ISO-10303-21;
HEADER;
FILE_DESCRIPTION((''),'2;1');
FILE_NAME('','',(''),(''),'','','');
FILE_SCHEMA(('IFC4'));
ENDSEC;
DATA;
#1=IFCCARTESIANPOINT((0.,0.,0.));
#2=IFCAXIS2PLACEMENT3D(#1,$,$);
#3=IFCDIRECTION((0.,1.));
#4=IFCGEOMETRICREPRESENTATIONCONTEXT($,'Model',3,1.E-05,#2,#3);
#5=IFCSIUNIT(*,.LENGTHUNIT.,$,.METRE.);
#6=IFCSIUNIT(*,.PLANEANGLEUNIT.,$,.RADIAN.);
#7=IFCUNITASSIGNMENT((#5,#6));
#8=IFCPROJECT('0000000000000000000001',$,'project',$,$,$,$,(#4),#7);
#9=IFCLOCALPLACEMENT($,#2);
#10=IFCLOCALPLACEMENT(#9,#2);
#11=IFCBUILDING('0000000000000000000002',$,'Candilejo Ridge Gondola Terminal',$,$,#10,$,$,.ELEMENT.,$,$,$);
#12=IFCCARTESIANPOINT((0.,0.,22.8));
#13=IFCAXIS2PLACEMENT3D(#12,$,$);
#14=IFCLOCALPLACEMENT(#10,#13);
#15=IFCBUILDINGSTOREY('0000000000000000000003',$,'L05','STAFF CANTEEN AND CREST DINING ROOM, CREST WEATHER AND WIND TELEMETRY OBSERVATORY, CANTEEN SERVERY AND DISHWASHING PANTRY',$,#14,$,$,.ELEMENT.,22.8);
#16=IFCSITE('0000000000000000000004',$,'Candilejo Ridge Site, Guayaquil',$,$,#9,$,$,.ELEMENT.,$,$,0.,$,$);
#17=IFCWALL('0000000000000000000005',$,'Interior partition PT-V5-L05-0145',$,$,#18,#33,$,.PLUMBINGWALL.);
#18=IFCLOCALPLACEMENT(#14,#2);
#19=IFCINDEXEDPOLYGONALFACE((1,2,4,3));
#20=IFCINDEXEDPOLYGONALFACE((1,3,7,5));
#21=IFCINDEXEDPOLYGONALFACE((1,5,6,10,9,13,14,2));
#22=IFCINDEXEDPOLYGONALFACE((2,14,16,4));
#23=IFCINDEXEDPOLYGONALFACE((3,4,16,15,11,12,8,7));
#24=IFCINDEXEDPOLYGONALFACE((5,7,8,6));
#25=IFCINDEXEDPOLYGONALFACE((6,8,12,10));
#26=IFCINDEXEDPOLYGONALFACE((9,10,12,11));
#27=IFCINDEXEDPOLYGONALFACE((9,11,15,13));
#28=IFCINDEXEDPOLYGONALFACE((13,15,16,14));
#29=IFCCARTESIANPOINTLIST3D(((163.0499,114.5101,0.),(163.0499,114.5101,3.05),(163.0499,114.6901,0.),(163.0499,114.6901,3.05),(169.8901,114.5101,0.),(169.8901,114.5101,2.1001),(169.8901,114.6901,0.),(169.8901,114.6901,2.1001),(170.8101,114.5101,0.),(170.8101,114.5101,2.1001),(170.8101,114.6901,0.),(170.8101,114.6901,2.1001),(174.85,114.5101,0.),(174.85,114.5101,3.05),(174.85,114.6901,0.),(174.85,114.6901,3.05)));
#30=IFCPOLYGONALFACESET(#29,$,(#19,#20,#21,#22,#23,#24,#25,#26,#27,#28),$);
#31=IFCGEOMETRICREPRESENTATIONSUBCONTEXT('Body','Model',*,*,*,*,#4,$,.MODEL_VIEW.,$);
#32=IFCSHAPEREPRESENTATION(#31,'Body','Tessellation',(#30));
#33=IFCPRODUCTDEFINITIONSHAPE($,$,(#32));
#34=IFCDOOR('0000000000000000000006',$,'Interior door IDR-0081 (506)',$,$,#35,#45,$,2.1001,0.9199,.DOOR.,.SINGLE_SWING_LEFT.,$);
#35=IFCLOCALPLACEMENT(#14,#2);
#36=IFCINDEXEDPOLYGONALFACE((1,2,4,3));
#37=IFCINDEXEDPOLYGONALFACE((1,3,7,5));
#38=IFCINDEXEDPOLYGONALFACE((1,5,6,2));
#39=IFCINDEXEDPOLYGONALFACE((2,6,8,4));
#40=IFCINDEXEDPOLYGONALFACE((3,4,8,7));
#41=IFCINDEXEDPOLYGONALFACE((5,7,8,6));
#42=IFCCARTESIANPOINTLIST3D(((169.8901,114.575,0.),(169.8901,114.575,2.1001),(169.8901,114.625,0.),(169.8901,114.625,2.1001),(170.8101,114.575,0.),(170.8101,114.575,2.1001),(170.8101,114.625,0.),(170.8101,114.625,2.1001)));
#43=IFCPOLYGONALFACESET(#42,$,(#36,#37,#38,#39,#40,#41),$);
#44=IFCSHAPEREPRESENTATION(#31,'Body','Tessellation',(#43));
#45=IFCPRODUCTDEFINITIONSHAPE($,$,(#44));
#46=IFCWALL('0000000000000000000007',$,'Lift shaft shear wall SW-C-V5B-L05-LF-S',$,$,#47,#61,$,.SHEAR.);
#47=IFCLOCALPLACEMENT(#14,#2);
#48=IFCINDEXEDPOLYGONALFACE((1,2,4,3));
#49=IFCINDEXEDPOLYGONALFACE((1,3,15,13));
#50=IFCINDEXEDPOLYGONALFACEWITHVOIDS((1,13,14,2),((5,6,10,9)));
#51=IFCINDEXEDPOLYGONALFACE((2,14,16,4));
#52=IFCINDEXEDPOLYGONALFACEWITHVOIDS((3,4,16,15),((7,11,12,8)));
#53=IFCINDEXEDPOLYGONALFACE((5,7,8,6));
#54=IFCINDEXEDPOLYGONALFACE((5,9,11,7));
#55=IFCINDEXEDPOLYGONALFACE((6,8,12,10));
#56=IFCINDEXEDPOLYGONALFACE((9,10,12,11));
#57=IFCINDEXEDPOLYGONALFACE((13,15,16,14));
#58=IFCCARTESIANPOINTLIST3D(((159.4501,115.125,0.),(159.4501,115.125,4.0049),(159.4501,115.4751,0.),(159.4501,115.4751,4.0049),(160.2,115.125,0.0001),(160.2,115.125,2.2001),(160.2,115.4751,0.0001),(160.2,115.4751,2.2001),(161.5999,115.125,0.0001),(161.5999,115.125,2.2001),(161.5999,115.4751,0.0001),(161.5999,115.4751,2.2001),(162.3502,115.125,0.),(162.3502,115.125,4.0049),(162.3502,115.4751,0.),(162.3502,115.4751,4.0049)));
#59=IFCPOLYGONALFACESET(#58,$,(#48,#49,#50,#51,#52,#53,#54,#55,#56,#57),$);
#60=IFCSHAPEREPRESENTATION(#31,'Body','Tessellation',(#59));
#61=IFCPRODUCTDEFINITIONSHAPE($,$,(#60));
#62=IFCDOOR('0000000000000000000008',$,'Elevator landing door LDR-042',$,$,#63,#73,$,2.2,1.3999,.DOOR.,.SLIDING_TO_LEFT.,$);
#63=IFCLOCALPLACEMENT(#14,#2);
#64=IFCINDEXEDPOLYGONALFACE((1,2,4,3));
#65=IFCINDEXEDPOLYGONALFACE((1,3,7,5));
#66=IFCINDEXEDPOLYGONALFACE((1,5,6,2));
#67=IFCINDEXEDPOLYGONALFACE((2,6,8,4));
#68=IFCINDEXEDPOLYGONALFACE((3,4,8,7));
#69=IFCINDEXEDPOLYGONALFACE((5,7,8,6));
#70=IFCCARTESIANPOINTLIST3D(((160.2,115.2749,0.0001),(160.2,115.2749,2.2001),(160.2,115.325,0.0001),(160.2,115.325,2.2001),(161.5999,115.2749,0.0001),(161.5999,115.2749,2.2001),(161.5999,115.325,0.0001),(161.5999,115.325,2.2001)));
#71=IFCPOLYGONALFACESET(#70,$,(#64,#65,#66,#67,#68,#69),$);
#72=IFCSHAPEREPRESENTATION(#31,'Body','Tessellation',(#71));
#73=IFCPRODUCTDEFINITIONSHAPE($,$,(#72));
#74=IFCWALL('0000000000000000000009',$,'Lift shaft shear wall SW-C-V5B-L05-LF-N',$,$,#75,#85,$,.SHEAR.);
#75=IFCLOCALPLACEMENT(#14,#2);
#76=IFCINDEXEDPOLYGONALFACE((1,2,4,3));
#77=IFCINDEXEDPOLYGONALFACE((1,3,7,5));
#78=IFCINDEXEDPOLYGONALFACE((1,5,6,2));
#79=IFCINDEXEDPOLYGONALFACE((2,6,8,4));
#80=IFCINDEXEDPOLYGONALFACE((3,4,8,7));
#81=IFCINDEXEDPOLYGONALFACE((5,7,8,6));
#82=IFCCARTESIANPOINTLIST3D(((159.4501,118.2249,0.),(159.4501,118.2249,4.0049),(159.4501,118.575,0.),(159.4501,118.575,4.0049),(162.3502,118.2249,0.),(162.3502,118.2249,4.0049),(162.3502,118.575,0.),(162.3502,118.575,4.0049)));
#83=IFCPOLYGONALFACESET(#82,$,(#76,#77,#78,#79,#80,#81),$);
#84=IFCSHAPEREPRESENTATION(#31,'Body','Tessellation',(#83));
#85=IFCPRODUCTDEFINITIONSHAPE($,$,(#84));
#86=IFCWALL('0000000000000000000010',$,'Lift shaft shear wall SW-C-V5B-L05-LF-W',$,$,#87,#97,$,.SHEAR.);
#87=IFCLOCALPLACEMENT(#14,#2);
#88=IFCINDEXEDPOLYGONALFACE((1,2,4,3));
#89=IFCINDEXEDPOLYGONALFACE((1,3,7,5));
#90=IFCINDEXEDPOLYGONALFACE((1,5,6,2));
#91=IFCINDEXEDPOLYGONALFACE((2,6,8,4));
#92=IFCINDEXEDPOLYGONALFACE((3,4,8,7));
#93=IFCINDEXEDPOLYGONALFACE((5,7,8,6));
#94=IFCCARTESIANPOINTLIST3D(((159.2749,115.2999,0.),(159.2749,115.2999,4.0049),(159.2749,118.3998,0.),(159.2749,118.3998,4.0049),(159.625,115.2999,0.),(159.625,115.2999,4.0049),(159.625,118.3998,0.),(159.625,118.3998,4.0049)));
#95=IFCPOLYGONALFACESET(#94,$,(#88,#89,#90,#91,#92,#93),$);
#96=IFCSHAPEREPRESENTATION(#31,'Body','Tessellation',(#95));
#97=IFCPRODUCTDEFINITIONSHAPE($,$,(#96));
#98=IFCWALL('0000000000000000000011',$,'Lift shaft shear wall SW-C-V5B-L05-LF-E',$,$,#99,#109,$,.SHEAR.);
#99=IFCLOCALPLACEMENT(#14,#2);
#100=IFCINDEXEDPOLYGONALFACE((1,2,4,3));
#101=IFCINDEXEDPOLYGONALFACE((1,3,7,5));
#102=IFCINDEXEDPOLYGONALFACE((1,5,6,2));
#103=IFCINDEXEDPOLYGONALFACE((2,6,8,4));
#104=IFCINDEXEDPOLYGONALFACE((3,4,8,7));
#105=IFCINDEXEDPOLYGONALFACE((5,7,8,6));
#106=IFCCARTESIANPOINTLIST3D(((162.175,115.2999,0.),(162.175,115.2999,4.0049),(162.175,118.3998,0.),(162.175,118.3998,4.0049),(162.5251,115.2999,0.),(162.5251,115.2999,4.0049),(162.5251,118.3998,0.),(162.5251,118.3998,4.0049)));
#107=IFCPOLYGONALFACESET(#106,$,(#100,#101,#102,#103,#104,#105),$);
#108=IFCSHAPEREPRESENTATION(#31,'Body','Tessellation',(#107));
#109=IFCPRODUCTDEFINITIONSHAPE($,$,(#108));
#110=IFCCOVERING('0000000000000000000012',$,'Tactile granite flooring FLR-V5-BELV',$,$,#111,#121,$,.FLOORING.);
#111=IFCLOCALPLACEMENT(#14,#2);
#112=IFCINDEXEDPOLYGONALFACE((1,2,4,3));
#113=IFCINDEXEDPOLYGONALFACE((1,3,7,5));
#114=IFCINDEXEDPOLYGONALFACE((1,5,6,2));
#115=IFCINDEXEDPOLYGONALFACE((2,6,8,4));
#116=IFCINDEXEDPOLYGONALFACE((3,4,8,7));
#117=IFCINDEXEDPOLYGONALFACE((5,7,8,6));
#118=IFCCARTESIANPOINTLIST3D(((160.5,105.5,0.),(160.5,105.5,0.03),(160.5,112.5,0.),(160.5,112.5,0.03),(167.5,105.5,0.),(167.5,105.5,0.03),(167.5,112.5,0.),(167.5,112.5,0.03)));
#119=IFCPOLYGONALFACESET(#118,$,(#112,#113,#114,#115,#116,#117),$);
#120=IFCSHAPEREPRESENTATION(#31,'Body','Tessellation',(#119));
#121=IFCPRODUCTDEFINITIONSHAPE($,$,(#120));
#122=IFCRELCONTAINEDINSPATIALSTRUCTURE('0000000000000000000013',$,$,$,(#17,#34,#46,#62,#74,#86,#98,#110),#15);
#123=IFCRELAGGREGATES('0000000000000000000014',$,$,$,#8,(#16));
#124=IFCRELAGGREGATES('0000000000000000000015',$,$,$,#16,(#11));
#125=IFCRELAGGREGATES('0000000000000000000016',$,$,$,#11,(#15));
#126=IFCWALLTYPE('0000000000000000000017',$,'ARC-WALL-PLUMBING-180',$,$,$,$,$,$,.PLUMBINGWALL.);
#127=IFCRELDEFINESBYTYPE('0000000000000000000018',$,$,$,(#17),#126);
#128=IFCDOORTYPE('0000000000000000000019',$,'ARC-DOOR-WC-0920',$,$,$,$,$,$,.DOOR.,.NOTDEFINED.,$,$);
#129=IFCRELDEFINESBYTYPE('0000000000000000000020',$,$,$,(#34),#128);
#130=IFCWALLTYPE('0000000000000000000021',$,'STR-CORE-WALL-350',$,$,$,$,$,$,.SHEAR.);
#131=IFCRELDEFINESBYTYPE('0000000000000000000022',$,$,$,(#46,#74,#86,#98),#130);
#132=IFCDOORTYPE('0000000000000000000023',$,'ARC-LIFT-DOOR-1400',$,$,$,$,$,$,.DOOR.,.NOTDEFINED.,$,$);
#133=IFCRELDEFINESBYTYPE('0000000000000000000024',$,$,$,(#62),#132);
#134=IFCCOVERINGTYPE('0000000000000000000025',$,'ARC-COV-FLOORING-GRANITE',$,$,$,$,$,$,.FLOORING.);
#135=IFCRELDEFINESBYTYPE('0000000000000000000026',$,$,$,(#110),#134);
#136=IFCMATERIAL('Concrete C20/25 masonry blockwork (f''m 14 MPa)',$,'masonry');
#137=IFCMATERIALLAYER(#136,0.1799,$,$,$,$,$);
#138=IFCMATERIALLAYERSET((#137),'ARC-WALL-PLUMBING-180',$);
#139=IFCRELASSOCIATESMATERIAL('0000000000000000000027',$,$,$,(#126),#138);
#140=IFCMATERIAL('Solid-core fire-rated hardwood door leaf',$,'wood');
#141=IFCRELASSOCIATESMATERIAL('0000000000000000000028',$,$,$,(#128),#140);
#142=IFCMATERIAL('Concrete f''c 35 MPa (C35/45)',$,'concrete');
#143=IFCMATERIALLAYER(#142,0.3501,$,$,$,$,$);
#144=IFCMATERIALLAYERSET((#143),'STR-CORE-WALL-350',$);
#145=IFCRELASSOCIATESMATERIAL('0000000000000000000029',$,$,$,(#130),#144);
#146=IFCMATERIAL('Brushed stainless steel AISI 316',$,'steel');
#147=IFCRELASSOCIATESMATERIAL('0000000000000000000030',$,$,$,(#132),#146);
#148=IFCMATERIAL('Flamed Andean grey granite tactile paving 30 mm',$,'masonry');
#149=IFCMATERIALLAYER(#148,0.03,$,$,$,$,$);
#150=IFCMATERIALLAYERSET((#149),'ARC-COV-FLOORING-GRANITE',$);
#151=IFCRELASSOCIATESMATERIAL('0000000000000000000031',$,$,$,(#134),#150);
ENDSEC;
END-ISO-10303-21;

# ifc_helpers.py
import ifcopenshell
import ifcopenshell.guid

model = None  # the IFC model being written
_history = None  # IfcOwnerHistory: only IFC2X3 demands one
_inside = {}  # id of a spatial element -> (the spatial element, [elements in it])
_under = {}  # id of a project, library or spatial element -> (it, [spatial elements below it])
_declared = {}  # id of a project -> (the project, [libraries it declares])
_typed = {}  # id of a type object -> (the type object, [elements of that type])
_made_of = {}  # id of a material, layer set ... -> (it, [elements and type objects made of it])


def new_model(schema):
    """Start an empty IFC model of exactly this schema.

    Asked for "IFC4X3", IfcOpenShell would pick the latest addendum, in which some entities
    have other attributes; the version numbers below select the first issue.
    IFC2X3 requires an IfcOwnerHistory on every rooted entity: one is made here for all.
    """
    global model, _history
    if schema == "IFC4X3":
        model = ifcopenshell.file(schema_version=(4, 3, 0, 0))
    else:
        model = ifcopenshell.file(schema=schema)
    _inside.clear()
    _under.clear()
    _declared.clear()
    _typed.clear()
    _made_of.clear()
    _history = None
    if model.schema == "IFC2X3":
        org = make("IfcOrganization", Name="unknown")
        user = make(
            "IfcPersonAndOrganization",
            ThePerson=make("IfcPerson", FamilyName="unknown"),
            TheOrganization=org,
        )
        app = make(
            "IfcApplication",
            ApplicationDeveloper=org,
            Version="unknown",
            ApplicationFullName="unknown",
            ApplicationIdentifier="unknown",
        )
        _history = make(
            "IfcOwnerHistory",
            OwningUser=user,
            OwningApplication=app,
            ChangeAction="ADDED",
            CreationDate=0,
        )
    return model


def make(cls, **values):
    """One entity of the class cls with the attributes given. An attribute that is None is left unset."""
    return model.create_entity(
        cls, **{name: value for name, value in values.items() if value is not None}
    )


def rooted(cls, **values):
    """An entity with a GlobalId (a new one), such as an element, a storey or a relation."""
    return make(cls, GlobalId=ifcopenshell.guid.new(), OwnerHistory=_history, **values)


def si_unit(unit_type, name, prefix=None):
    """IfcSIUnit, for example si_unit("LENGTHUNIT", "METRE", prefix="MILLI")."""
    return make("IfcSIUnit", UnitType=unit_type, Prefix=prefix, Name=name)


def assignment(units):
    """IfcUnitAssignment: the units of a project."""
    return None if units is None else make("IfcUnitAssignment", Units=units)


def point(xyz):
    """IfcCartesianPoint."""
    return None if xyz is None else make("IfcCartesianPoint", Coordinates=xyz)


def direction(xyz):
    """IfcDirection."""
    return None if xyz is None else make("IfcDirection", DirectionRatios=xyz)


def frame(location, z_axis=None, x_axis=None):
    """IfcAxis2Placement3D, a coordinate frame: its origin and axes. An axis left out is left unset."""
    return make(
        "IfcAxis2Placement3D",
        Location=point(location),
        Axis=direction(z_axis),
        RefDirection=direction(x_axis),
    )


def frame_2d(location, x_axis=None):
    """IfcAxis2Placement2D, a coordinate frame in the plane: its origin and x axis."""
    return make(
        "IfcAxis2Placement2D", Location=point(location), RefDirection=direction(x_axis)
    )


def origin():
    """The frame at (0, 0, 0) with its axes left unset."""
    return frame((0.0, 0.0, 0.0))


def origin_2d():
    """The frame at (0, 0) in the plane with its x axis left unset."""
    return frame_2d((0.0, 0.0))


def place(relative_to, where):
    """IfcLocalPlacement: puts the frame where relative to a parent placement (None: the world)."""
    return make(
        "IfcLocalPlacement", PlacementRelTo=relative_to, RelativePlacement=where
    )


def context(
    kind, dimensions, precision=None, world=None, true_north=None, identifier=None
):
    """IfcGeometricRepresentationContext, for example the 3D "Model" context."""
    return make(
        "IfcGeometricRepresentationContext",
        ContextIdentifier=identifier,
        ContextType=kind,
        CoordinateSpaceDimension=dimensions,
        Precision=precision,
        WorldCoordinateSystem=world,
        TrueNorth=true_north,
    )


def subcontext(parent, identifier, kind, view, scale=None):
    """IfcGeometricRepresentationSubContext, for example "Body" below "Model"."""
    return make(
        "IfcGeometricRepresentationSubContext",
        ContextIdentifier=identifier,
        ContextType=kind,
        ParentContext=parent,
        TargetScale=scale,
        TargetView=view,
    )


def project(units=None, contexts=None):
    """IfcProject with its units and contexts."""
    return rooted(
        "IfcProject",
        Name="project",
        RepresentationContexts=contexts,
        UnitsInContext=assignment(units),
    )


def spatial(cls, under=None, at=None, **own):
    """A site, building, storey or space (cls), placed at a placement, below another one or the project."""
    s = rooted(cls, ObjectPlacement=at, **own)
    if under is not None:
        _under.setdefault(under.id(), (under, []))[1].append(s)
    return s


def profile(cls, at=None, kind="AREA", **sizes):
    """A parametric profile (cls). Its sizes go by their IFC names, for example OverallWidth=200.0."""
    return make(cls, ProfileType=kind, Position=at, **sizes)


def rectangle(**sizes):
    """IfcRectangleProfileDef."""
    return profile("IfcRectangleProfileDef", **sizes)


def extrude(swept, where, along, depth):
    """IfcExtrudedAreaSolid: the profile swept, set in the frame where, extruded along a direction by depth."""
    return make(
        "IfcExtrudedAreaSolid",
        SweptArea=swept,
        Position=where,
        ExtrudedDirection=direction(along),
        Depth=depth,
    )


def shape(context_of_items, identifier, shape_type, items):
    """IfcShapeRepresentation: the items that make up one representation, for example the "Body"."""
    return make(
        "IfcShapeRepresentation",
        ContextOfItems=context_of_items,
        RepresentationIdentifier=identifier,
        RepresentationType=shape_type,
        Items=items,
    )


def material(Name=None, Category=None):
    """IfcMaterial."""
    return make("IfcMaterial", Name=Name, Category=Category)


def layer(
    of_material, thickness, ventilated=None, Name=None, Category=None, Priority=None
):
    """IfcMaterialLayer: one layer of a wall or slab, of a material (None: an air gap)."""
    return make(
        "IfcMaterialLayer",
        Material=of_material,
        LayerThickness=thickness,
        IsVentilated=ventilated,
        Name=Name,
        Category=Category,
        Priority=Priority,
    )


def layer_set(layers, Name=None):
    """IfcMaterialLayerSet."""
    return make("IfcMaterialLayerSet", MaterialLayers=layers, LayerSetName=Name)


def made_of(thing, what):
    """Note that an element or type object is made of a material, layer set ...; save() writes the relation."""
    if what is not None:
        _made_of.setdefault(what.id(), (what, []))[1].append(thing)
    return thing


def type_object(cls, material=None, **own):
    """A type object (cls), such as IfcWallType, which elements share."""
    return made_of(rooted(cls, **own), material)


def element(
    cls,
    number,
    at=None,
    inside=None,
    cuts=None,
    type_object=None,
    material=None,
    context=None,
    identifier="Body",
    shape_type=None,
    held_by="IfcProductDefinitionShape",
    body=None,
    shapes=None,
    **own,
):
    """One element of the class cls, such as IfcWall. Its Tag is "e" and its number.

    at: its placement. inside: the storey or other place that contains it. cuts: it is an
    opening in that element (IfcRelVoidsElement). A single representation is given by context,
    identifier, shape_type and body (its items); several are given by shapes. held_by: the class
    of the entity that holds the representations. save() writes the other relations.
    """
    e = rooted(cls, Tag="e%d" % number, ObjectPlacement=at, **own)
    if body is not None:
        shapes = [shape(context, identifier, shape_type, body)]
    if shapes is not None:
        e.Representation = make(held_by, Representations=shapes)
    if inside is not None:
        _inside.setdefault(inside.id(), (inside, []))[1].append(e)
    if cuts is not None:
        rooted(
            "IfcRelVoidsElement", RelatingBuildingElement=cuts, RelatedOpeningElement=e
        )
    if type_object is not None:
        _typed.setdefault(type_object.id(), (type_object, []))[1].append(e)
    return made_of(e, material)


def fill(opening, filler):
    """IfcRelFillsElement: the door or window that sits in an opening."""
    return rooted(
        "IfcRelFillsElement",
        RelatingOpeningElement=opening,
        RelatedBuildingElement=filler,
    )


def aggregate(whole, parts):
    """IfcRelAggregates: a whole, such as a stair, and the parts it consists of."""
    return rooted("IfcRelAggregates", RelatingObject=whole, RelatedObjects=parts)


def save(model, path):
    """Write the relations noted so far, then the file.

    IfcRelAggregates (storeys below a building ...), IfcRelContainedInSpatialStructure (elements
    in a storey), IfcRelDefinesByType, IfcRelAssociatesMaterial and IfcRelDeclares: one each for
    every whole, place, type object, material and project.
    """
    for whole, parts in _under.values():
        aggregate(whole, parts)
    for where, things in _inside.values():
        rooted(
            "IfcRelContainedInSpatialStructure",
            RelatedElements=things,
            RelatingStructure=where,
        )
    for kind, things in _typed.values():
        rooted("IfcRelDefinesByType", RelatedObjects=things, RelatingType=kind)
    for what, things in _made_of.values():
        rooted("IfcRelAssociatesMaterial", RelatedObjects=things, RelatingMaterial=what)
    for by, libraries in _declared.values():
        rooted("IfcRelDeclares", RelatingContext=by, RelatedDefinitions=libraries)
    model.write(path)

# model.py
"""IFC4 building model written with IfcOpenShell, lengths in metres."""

from ifc_helpers import new_model, si_unit, direction, frame, frame_2d, origin, origin_2d, place, context, subcontext, project, spatial, rectangle, extrude, material, layer, layer_set, type_object, element, fill, save


model = new_model("IFC4")

# Units and contexts
model_context = context("Model", 3, precision=1e-05, world=origin(), true_north=direction((0.0, 1.0)))
body_context = subcontext(model_context, "Body", "Model", "MODEL_VIEW")
ifc_project = project(units=[si_unit("LENGTHUNIT", "METRE"), si_unit("PLANEANGLEUNIT", "RADIAN")], contexts=[model_context])

# Site, building, storey
site_placement = place(None, origin())
site = spatial("IfcSite", under=ifc_project, at=site_placement, Name="Candilejo Ridge Site, Guayaquil", CompositionType="ELEMENT", RefElevation=0.0)
building_placement = place(site_placement, origin())
building = spatial("IfcBuilding", under=site, at=building_placement, Name="Candilejo Ridge Gondola Terminal", CompositionType="ELEMENT")
storey_placement = place(building_placement, frame((0.0, 0.0, 22.8)))
storey = spatial("IfcBuildingStorey", under=building, at=storey_placement, Name="L05", Description="STAFF CANTEEN AND CREST DINING ROOM, CREST WEATHER AND WIND TELEMETRY OBSERVATORY, CANTEEN SERVERY AND DISHWASHING PANTRY", CompositionType="ELEMENT", Elevation=22.8)

# Walls, openings, doors
ifc_material_1 = material(Name="Concrete C20/25 masonry blockwork (f'm 14 MPa)", Category="masonry")
ifc_layer_1 = layer(ifc_material_1, 0.1799)
ifc_layer_set_1 = layer_set([ifc_layer_1], Name="ARC-WALL-PLUMBING-180")
wall_type_1 = type_object("IfcWallType", Name="ARC-WALL-PLUMBING-180", PredefinedType="PLUMBINGWALL", material=ifc_layer_set_1)
wall_1_placement = place(storey_placement, frame((163.05, 114.6001, 0.0), z_axis=(0.0, 0.0, 1.0), x_axis=(1.0, 0.0, 0.0)))
wall_1 = element("IfcWall", 1, at=wall_1_placement, inside=storey, type_object=wall_type_1, Name="Interior partition PT-V5-L05-0145", PredefinedType="PLUMBINGWALL", context=body_context, shape_type="SweptSolid", body=[
    extrude(rectangle(XDim=11.8, YDim=0.1799, at=frame_2d((5.8999, 0.0))), origin(), (0.0, 0.0, 1.0), 3.05),
])
opening_1_placement = place(wall_1_placement, frame((6.8401, 0.0, 0.0)))
opening_1 = element("IfcOpeningElement", 2, at=opening_1_placement, cuts=wall_1, PredefinedType="OPENING", context=body_context, shape_type="SweptSolid", body=[
    extrude(rectangle(XDim=0.9199, YDim=2.1001, at=frame_2d((0.46, 1.05))), frame((0.0, 0.0999, 0.0), z_axis=(0.0, -1.0, 0.0), x_axis=(1.0, 0.0, 0.0)), (0.0, 0.0, 1.0), 0.2),
])
ifc_material_2 = material(Name="Solid-core fire-rated hardwood door leaf", Category="wood")
door_type_1 = type_object("IfcDoorType", Name="ARC-DOOR-WC-0920", OperationType="NOTDEFINED", PredefinedType="DOOR", material=ifc_material_2)
door_1_placement = place(opening_1_placement, origin())
door_1 = element("IfcDoor", 3, at=door_1_placement, inside=storey, type_object=door_type_1, Name="Interior door IDR-0081 (506)", OperationType="SINGLE_SWING_LEFT", OverallHeight=2.1001, OverallWidth=0.9199, PredefinedType="DOOR", context=body_context, shape_type="SweptSolid", body=[
    extrude(rectangle(XDim=0.9199, YDim=2.1001, at=frame_2d((0.46, 1.05))), frame((0.0, 0.0249, 0.0), z_axis=(0.0, -1.0, 0.0), x_axis=(1.0, 0.0, 0.0)), (0.0, 0.0, 1.0), 0.05),
])
fill(opening_1, door_1)
ifc_material_3 = material(Name="Concrete f'c 35 MPa (C35/45)", Category="concrete")
ifc_layer_2 = layer(ifc_material_3, 0.3501)
ifc_layer_set_2 = layer_set([ifc_layer_2], Name="STR-CORE-WALL-350")
wall_type_2 = type_object("IfcWallType", Name="STR-CORE-WALL-350", PredefinedType="SHEAR", material=ifc_layer_set_2)
wall_2_placement = place(storey_placement, frame((159.45, 115.3, 0.0), z_axis=(0.0, 0.0, 1.0), x_axis=(1.0, 0.0, 0.0)))
wall_2 = element("IfcWall", 4, at=wall_2_placement, inside=storey, type_object=wall_type_2, Name="Lift shaft shear wall SW-C-V5B-L05-LF-S", PredefinedType="SHEAR", context=body_context, shape_type="SweptSolid", body=[
    extrude(rectangle(XDim=2.9001, YDim=0.3501, at=frame_2d((1.4502, 0.0))), origin(), (0.0, 0.0, 1.0), 4.0049),
])
opening_2_placement = place(wall_2_placement, frame((0.75, 0.0, 0.0)))
opening_2 = element("IfcOpeningElement", 5, at=opening_2_placement, cuts=wall_2, PredefinedType="OPENING", context=body_context, shape_type="SweptSolid", body=[
    extrude(rectangle(XDim=1.3999, YDim=2.2, at=frame_2d((0.7, 1.1001))), frame((0.0, 0.1851, 0.0), z_axis=(0.0, -1.0, 0.0), x_axis=(1.0, 0.0, 0.0)), (0.0, 0.0, 1.0), 0.3701),
])
ifc_material_4 = material(Name="Brushed stainless steel AISI 316", Category="steel")
door_type_2 = type_object("IfcDoorType", Name="ARC-LIFT-DOOR-1400", OperationType="NOTDEFINED", PredefinedType="DOOR", material=ifc_material_4)
door_2_placement = place(opening_2_placement, origin())
door_2 = element("IfcDoor", 6, at=door_2_placement, inside=storey, type_object=door_type_2, Name="Elevator landing door LDR-042", OperationType="SLIDING_TO_LEFT", OverallHeight=2.2, OverallWidth=1.3999, PredefinedType="DOOR", context=body_context, shape_type="SweptSolid", body=[
    extrude(rectangle(XDim=1.3999, YDim=2.2, at=frame_2d((0.7, 1.1001))), frame((0.0, 0.0249, 0.0), z_axis=(0.0, -1.0, 0.0), x_axis=(1.0, 0.0, 0.0)), (0.0, 0.0, 1.0), 0.05),
])
fill(opening_2, door_2)

# Walls
wall_3_placement = place(storey_placement, frame((159.45, 118.3999, 0.0), z_axis=(0.0, 0.0, 1.0), x_axis=(1.0, 0.0, 0.0)))
element("IfcWall", 7, at=wall_3_placement, inside=storey, type_object=wall_type_2, Name="Lift shaft shear wall SW-C-V5B-L05-LF-N", PredefinedType="SHEAR", context=body_context, shape_type="SweptSolid", body=[
    extrude(rectangle(XDim=2.9001, YDim=0.3501, at=frame_2d((1.4502, 0.0))), origin(), (0.0, 0.0, 1.0), 4.0049),
])
for number, where, z_axis, x_axis, name in (
    (8, (159.45, 115.3, 0.0), (0.0, 0.0, 1.0), (0.0, 1.0, 0.0), "Lift shaft shear wall SW-C-V5B-L05-LF-W"),
    (9, (162.3501, 115.3, 0.0), (0.0, 0.0, 1.0), (0.0, 1.0, 0.0), "Lift shaft shear wall SW-C-V5B-L05-LF-E"),
):
    element("IfcWall", number, at=place(storey_placement, frame(where, z_axis=z_axis, x_axis=x_axis)), inside=storey, type_object=wall_type_2, Name=name, PredefinedType="SHEAR", context=body_context, shape_type="SweptSolid", body=[
        extrude(rectangle(XDim=3.0999, YDim=0.3501, at=frame_2d((1.5498, 0.0))), origin(), (0.0, 0.0, 1.0), 4.0049),
    ])

# Covering
ifc_material_5 = material(Name="Flamed Andean grey granite tactile paving 30 mm", Category="masonry")
ifc_layer_3 = layer(ifc_material_5, 0.03)
ifc_layer_set_3 = layer_set([ifc_layer_3], Name="ARC-COV-FLOORING-GRANITE")
covering_type = type_object("IfcCoveringType", Name="ARC-COV-FLOORING-GRANITE", PredefinedType="FLOORING", material=ifc_layer_set_3)
covering_placement = place(storey_placement, frame((164.0, 109.0, 0.0), z_axis=(0.0, 0.0, 1.0), x_axis=(1.0, 0.0, 0.0)))
element("IfcCovering", 10, at=covering_placement, inside=storey, type_object=covering_type, Name="Tactile granite flooring FLR-V5-BELV", PredefinedType="FLOORING", context=body_context, shape_type="SweptSolid", body=[
    extrude(rectangle(XDim=7.0, YDim=7.0, at=origin_2d()), origin(), (0.0, 0.0, 1.0), 0.03),
])

save(model, "model.ifc")
